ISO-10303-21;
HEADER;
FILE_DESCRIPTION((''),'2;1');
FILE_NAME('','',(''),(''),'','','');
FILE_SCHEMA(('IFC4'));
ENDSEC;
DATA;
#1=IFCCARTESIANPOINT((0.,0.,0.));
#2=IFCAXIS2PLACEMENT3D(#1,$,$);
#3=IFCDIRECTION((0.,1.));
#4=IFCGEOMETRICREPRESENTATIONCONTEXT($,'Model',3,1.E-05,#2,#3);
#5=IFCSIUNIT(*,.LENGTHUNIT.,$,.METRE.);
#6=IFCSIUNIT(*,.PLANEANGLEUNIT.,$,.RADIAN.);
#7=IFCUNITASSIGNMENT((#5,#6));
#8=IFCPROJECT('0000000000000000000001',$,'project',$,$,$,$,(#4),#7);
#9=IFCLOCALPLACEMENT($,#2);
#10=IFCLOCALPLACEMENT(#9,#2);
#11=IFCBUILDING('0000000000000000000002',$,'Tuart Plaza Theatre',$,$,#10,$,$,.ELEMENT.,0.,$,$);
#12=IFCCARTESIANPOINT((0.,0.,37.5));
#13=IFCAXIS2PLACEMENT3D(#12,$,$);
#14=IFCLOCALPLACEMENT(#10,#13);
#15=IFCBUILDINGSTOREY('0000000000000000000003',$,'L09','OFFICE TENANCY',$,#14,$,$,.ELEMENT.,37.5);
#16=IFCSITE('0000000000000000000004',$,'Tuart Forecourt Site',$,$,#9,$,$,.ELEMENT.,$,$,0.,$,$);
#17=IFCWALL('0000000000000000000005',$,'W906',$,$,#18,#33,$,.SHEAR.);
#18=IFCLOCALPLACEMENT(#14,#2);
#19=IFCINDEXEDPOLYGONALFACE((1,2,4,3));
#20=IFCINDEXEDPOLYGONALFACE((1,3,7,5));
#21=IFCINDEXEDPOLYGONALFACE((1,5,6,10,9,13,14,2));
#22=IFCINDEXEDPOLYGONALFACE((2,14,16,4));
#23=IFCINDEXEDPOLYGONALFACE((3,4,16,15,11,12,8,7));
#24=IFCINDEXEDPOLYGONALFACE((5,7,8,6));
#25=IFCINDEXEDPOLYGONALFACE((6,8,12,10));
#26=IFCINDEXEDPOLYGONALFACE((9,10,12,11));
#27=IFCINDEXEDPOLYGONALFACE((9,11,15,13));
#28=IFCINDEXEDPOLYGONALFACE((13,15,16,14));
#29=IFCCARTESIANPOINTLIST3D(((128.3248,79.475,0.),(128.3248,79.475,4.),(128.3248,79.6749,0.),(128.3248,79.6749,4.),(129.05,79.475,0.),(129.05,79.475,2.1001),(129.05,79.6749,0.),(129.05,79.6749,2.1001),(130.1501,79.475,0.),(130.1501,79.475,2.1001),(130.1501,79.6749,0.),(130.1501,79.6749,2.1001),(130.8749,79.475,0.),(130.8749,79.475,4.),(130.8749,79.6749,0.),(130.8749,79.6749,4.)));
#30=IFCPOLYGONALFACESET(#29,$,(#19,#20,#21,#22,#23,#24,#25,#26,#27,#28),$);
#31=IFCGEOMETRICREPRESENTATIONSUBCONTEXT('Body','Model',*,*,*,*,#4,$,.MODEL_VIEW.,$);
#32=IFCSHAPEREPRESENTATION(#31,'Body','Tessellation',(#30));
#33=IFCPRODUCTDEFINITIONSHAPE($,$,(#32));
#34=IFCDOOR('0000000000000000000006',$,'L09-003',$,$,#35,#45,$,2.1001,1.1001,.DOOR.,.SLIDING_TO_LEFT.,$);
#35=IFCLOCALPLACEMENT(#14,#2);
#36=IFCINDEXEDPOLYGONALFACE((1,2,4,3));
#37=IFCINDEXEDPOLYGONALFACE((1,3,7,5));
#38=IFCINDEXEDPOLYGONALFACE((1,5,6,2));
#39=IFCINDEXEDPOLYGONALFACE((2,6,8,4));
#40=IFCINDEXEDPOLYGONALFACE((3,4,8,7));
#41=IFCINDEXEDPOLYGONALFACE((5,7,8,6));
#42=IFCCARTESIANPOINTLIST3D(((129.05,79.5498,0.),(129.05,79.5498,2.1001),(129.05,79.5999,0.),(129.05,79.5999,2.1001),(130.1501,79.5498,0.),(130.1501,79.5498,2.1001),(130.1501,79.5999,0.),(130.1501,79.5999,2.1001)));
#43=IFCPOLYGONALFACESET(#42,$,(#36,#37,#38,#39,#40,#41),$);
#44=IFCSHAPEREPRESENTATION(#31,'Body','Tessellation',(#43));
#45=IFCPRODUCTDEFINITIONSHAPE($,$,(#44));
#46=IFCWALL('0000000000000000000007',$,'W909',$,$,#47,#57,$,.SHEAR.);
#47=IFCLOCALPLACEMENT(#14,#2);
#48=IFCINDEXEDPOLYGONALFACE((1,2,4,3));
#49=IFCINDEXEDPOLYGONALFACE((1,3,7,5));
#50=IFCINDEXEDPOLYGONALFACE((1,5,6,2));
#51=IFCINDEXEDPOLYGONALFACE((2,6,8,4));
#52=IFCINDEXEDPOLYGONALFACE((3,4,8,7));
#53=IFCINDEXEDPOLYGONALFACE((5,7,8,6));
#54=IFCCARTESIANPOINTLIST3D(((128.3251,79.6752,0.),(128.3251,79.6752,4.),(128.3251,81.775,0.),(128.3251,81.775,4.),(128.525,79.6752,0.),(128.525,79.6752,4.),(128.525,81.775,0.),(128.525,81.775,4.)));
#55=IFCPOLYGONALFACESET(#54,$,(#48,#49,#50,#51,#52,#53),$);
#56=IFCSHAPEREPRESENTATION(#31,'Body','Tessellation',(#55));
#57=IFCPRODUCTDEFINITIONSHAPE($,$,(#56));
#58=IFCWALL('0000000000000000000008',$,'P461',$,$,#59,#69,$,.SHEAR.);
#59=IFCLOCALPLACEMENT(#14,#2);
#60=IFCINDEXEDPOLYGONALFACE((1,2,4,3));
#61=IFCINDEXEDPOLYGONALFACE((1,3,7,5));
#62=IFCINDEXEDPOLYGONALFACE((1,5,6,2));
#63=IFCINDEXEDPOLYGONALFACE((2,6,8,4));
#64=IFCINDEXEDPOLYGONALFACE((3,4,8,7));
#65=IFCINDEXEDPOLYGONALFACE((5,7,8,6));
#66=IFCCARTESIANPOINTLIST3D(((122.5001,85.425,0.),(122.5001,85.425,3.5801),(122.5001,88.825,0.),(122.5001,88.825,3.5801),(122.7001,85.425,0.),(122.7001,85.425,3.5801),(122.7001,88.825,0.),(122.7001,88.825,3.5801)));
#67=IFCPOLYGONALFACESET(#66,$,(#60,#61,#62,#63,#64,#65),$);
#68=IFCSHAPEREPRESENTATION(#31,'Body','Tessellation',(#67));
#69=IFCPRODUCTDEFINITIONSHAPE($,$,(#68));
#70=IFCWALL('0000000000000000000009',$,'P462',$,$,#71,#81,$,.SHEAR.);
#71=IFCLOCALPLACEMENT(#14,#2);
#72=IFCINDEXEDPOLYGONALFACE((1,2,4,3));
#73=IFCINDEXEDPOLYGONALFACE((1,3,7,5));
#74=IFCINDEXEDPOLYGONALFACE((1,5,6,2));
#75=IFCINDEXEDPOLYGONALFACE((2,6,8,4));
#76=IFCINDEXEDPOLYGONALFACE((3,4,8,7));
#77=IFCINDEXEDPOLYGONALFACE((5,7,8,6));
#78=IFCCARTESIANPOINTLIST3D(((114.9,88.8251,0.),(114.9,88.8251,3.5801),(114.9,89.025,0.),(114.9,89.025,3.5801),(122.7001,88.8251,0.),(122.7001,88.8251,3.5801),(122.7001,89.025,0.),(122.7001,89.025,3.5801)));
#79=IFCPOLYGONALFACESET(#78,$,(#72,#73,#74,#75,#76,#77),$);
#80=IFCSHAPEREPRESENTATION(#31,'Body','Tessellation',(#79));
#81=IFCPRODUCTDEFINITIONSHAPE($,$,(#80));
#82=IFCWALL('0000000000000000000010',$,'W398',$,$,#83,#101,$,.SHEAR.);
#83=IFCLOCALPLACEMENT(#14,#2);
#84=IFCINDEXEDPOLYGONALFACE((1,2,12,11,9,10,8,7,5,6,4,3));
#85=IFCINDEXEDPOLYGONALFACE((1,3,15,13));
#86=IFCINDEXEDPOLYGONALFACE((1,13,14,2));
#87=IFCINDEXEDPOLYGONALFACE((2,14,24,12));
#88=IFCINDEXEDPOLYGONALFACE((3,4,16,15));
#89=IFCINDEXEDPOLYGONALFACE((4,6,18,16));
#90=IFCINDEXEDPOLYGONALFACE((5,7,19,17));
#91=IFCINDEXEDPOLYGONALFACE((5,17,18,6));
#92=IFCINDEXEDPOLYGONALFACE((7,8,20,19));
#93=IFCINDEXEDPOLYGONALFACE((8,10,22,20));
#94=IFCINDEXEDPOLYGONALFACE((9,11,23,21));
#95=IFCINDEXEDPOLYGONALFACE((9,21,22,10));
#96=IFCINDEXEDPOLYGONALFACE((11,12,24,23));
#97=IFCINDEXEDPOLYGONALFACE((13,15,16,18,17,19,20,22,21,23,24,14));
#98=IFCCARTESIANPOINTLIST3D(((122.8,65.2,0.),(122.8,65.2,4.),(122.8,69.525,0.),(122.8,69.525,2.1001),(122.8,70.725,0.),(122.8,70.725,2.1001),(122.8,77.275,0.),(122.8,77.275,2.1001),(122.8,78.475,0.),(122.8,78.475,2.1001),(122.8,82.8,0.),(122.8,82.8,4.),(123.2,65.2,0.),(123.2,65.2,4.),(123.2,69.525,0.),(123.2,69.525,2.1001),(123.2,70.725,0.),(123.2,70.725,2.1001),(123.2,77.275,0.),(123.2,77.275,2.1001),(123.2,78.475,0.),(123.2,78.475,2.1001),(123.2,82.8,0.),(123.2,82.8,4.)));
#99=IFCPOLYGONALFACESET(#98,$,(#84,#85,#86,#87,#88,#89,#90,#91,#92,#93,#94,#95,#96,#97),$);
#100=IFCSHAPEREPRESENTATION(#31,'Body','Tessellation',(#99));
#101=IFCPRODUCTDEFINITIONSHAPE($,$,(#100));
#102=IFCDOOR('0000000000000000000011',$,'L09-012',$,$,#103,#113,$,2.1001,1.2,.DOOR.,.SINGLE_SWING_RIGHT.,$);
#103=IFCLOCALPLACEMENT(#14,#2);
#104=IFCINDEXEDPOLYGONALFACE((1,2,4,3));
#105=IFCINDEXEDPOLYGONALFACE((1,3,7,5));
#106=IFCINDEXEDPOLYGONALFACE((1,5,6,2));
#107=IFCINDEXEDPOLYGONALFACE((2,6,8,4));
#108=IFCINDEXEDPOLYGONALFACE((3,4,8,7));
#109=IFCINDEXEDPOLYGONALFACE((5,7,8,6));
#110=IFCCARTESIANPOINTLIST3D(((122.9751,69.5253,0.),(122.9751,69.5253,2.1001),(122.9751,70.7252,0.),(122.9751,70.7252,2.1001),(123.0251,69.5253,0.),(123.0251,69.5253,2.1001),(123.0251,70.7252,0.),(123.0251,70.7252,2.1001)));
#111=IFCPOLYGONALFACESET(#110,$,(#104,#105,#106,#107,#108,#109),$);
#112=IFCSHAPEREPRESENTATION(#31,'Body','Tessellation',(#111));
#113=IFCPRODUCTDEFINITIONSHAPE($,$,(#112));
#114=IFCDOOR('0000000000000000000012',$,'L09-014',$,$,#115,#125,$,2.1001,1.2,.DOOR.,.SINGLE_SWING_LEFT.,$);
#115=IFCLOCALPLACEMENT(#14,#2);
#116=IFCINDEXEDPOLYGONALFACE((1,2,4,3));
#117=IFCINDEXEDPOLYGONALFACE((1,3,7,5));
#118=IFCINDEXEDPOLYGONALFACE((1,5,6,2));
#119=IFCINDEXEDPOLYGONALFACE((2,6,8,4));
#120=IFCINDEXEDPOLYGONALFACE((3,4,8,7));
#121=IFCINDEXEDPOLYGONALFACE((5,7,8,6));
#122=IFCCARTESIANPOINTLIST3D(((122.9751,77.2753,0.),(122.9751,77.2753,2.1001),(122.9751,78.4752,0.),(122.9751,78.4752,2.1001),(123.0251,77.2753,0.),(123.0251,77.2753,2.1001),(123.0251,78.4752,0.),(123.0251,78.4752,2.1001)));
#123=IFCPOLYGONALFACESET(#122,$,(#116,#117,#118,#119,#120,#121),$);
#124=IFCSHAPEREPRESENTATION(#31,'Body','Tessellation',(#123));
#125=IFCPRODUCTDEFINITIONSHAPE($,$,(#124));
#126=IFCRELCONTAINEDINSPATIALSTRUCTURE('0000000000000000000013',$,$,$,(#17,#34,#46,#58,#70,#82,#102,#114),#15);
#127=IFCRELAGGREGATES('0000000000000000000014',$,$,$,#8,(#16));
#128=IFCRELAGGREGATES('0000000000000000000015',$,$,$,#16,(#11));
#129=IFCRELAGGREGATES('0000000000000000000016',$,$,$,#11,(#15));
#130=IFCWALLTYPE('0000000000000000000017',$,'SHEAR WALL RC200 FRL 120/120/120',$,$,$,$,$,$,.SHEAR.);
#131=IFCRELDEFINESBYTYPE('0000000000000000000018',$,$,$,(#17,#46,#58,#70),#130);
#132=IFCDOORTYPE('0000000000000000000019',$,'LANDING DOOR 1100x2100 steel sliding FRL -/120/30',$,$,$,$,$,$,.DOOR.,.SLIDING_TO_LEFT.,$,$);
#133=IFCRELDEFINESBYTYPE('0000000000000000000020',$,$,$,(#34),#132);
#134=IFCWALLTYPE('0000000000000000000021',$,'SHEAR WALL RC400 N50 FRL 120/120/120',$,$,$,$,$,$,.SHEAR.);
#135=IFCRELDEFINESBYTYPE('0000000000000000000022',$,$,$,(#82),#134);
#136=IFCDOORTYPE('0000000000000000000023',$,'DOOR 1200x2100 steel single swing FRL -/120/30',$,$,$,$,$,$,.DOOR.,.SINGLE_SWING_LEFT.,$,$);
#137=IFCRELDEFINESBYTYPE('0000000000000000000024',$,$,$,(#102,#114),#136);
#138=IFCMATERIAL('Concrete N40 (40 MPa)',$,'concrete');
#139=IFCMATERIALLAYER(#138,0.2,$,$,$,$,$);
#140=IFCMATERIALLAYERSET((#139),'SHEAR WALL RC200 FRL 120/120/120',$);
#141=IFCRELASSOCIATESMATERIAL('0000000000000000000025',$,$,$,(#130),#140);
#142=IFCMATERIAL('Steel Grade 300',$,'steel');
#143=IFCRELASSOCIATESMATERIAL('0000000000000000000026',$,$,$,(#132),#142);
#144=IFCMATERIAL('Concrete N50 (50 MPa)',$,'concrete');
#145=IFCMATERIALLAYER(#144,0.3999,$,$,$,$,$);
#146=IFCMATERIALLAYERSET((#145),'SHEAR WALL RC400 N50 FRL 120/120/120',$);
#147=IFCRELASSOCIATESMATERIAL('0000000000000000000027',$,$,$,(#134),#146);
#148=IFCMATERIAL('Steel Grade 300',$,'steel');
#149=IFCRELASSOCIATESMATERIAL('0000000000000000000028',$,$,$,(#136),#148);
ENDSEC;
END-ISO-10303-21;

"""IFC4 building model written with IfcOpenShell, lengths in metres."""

from ifc_helpers import new_model, si_unit, direction, frame, frame_2d, origin, place, context, subcontext, project, spatial, rectangle, extrude, material, layer, layer_set, type_object, element, fill, save


model = new_model("IFC4")

# Units and contexts
model_context = context("Model", 3, precision=1e-05, world=origin(), true_north=direction((0.0, 1.0)))
body_context = subcontext(model_context, "Body", "Model", "MODEL_VIEW")
ifc_project = project(units=[si_unit("LENGTHUNIT", "METRE"), si_unit("PLANEANGLEUNIT", "RADIAN")], contexts=[model_context])

# Site, building, storey
site_placement = place(None, origin())
site = spatial("IfcSite", under=ifc_project, at=site_placement, Name="Tuart Forecourt Site", CompositionType="ELEMENT", RefElevation=0.0)
building_placement = place(site_placement, origin())
building = spatial("IfcBuilding", under=site, at=building_placement, Name="Tuart Plaza Theatre", CompositionType="ELEMENT", ElevationOfRefHeight=0.0)
storey_placement = place(building_placement, frame((0.0, 0.0, 37.5)))
storey = spatial("IfcBuildingStorey", under=building, at=storey_placement, Name="L09", Description="OFFICE TENANCY", CompositionType="ELEMENT", Elevation=37.5)

# Shared definitions
ifc_material_1 = material(Name="Concrete N40 (40 MPa)", Category="concrete")
ifc_layer_1 = layer(ifc_material_1, 0.2)
ifc_layer_set_1 = layer_set([ifc_layer_1], Name="SHEAR WALL RC200 FRL 120/120/120")
wall_type_1 = type_object("IfcWallType", Name="SHEAR WALL RC200 FRL 120/120/120", PredefinedType="SHEAR", material=ifc_layer_set_1)

# Shared definitions
ifc_material_2 = material(Name="Steel Grade 300", Category="steel")
door_type_1 = type_object("IfcDoorType", Name="LANDING DOOR 1100x2100 steel sliding FRL -/120/30", OperationType="SLIDING_TO_LEFT", PredefinedType="DOOR", material=ifc_material_2)

# Wall, opening, door
wall_1_placement = place(storey_placement, frame((128.325, 79.575, 0.0), z_axis=(0.0, 0.0, 1.0), x_axis=(1.0, 0.0, 0.0)))
wall_1 = element("IfcWall", 1, at=wall_1_placement, inside=storey, type_object=wall_type_1, Name="W906", PredefinedType="SHEAR", context=body_context, shape_type="SweptSolid", body=[
    extrude(rectangle(XDim=2.55, YDim=0.2, at=frame_2d((1.2749, 0.0))), origin(), (0.0, 0.0, 1.0), 4.0),
])
opening_1_placement = place(wall_1_placement, frame((0.7251, 0.0, 0.0)))
opening_1 = element("IfcOpeningElement", 2, at=opening_1_placement, cuts=wall_1, PredefinedType="OPENING", context=body_context, shape_type="SweptSolid", body=[
    extrude(rectangle(XDim=1.1001, YDim=2.1001, at=frame_2d((0.55, 1.05))), frame((0.0, 0.1099, 0.0), z_axis=(0.0, -1.0, 0.0), x_axis=(1.0, 0.0, 0.0)), (0.0, 0.0, 1.0), 0.22),
])
door_1_placement = place(opening_1_placement, origin())
door_1 = element("IfcDoor", 3, at=door_1_placement, inside=storey, type_object=door_type_1, Name="L09-003", OperationType="SLIDING_TO_LEFT", OverallHeight=2.1001, OverallWidth=1.1001, PredefinedType="DOOR", context=body_context, shape_type="SweptSolid", body=[
    extrude(rectangle(XDim=1.1001, YDim=2.1001, at=frame_2d((0.55, 1.05))), frame((0.0, 0.0249, 0.0), z_axis=(0.0, -1.0, 0.0), x_axis=(1.0, 0.0, 0.0)), (0.0, 0.0, 1.0), 0.05),
])
fill(opening_1, door_1)

# Walls
wall_2_placement = place(storey_placement, frame((128.425, 81.7749, 0.0), z_axis=(0.0, 0.0, 1.0), x_axis=(0.0, -1.0, 0.0)))
element("IfcWall", 4, at=wall_2_placement, inside=storey, type_object=wall_type_1, Name="W909", PredefinedType="SHEAR", context=body_context, shape_type="SweptSolid", body=[
    extrude(rectangle(XDim=2.0999, YDim=0.2, at=frame_2d((1.0498, 0.0))), origin(), (0.0, 0.0, 1.0), 4.0),
])
wall_3_placement = place(storey_placement, frame((122.6001, 85.425, 0.0), z_axis=(0.0, 0.0, 1.0), x_axis=(0.0, 1.0, 0.0)))
element("IfcWall", 5, at=wall_3_placement, inside=storey, type_object=wall_type_1, Name="P461", PredefinedType="SHEAR", context=body_context, shape_type="SweptSolid", body=[
    extrude(rectangle(XDim=3.3999, YDim=0.2, at=frame_2d((1.7, 0.0))), origin(), (0.0, 0.0, 1.0), 3.5801),
])
wall_4_placement = place(storey_placement, frame((122.7, 88.925, 0.0), z_axis=(0.0, 0.0, 1.0), x_axis=(-1.0, 0.0, 0.0)))
element("IfcWall", 6, at=wall_4_placement, inside=storey, type_object=wall_type_1, Name="P462", PredefinedType="SHEAR", context=body_context, shape_type="SweptSolid", body=[
    extrude(rectangle(XDim=7.8, YDim=0.2, at=frame_2d((3.8999, 0.0))), origin(), (0.0, 0.0, 1.0), 3.5801),
])

# Wall, openings, doors
ifc_material_3 = material(Name="Concrete N50 (50 MPa)", Category="concrete")
ifc_layer_2 = layer(ifc_material_3, 0.3999)
ifc_layer_set_2 = layer_set([ifc_layer_2], Name="SHEAR WALL RC400 N50 FRL 120/120/120")
wall_type_2 = type_object("IfcWallType", Name="SHEAR WALL RC400 N50 FRL 120/120/120", PredefinedType="SHEAR", material=ifc_layer_set_2)
wall_5_placement = place(storey_placement, frame((123.0, 82.8, 0.0), z_axis=(0.0, 0.0, 1.0), x_axis=(0.0, -1.0, 0.0)))
wall_5 = element("IfcWall", 7, at=wall_5_placement, inside=storey, type_object=wall_type_2, Name="W398", PredefinedType="SHEAR", context=body_context, shape_type="SweptSolid", body=[
    extrude(rectangle(XDim=17.6001, YDim=0.3999, at=frame_2d((8.8, 0.0))), origin(), (0.0, 0.0, 1.0), 4.0),
])
opening_2_placement = place(wall_5_placement, frame((12.075, 0.0, 0.0)))
opening_2 = element("IfcOpeningElement", 8, at=opening_2_placement, cuts=wall_5, PredefinedType="OPENING", context=body_context, shape_type="SweptSolid", body=[
    extrude(rectangle(XDim=1.2, YDim=2.1001, at=frame_2d((0.6001, 1.05))), frame((0.0, 0.21, 0.0), z_axis=(0.0, -1.0, 0.0), x_axis=(1.0, 0.0, 0.0)), (0.0, 0.0, 1.0), 0.4199),
])
opening_3_placement = place(wall_5_placement, frame((4.325, 0.0, 0.0)))
opening_3 = element("IfcOpeningElement", 9, at=opening_3_placement, cuts=wall_5, PredefinedType="OPENING", context=body_context, shape_type="SweptSolid", body=[
    extrude(rectangle(XDim=1.2, YDim=2.1001, at=frame_2d((0.6001, 1.05))), frame((0.0, 0.21, 0.0), z_axis=(0.0, -1.0, 0.0), x_axis=(1.0, 0.0, 0.0)), (0.0, 0.0, 1.0), 0.4199),
])
ifc_material_4 = material(Name="Steel Grade 300", Category="steel")
door_type_2 = type_object("IfcDoorType", Name="DOOR 1200x2100 steel single swing FRL -/120/30", OperationType="SINGLE_SWING_LEFT", PredefinedType="DOOR", material=ifc_material_4)
door_2_placement = place(opening_2_placement, frame((1.2, 0.0, 0.0), z_axis=(0.0, 0.0, 1.0), x_axis=(-1.0, 0.0, 0.0)))
door_2 = element("IfcDoor", 10, at=door_2_placement, inside=storey, type_object=door_type_2, Name="L09-012", OperationType="SINGLE_SWING_RIGHT", OverallHeight=2.1001, OverallWidth=1.2, PredefinedType="DOOR", context=body_context, shape_type="SweptSolid", body=[
    extrude(rectangle(XDim=1.2, YDim=2.1001, at=frame_2d((0.6001, 1.05))), frame((0.0, 0.0249, 0.0), z_axis=(0.0, -1.0, 0.0), x_axis=(1.0, 0.0, 0.0)), (0.0, 0.0, 1.0), 0.05),
])
fill(opening_2, door_2)
door_3_placement = place(opening_3_placement, frame((1.2, 0.0, 0.0), z_axis=(0.0, 0.0, 1.0), x_axis=(-1.0, 0.0, 0.0)))
door_3 = element("IfcDoor", 11, at=door_3_placement, inside=storey, type_object=door_type_2, Name="L09-014", OperationType="SINGLE_SWING_LEFT", OverallHeight=2.1001, OverallWidth=1.2, PredefinedType="DOOR", context=body_context, shape_type="SweptSolid", body=[
    extrude(rectangle(XDim=1.2, YDim=2.1001, at=frame_2d((0.6001, 1.05))), frame((0.0, 0.0249, 0.0), z_axis=(0.0, -1.0, 0.0), x_axis=(1.0, 0.0, 0.0)), (0.0, 0.0, 1.0), 0.05),
])
fill(opening_3, door_3)

save(model, "model.ifc")
